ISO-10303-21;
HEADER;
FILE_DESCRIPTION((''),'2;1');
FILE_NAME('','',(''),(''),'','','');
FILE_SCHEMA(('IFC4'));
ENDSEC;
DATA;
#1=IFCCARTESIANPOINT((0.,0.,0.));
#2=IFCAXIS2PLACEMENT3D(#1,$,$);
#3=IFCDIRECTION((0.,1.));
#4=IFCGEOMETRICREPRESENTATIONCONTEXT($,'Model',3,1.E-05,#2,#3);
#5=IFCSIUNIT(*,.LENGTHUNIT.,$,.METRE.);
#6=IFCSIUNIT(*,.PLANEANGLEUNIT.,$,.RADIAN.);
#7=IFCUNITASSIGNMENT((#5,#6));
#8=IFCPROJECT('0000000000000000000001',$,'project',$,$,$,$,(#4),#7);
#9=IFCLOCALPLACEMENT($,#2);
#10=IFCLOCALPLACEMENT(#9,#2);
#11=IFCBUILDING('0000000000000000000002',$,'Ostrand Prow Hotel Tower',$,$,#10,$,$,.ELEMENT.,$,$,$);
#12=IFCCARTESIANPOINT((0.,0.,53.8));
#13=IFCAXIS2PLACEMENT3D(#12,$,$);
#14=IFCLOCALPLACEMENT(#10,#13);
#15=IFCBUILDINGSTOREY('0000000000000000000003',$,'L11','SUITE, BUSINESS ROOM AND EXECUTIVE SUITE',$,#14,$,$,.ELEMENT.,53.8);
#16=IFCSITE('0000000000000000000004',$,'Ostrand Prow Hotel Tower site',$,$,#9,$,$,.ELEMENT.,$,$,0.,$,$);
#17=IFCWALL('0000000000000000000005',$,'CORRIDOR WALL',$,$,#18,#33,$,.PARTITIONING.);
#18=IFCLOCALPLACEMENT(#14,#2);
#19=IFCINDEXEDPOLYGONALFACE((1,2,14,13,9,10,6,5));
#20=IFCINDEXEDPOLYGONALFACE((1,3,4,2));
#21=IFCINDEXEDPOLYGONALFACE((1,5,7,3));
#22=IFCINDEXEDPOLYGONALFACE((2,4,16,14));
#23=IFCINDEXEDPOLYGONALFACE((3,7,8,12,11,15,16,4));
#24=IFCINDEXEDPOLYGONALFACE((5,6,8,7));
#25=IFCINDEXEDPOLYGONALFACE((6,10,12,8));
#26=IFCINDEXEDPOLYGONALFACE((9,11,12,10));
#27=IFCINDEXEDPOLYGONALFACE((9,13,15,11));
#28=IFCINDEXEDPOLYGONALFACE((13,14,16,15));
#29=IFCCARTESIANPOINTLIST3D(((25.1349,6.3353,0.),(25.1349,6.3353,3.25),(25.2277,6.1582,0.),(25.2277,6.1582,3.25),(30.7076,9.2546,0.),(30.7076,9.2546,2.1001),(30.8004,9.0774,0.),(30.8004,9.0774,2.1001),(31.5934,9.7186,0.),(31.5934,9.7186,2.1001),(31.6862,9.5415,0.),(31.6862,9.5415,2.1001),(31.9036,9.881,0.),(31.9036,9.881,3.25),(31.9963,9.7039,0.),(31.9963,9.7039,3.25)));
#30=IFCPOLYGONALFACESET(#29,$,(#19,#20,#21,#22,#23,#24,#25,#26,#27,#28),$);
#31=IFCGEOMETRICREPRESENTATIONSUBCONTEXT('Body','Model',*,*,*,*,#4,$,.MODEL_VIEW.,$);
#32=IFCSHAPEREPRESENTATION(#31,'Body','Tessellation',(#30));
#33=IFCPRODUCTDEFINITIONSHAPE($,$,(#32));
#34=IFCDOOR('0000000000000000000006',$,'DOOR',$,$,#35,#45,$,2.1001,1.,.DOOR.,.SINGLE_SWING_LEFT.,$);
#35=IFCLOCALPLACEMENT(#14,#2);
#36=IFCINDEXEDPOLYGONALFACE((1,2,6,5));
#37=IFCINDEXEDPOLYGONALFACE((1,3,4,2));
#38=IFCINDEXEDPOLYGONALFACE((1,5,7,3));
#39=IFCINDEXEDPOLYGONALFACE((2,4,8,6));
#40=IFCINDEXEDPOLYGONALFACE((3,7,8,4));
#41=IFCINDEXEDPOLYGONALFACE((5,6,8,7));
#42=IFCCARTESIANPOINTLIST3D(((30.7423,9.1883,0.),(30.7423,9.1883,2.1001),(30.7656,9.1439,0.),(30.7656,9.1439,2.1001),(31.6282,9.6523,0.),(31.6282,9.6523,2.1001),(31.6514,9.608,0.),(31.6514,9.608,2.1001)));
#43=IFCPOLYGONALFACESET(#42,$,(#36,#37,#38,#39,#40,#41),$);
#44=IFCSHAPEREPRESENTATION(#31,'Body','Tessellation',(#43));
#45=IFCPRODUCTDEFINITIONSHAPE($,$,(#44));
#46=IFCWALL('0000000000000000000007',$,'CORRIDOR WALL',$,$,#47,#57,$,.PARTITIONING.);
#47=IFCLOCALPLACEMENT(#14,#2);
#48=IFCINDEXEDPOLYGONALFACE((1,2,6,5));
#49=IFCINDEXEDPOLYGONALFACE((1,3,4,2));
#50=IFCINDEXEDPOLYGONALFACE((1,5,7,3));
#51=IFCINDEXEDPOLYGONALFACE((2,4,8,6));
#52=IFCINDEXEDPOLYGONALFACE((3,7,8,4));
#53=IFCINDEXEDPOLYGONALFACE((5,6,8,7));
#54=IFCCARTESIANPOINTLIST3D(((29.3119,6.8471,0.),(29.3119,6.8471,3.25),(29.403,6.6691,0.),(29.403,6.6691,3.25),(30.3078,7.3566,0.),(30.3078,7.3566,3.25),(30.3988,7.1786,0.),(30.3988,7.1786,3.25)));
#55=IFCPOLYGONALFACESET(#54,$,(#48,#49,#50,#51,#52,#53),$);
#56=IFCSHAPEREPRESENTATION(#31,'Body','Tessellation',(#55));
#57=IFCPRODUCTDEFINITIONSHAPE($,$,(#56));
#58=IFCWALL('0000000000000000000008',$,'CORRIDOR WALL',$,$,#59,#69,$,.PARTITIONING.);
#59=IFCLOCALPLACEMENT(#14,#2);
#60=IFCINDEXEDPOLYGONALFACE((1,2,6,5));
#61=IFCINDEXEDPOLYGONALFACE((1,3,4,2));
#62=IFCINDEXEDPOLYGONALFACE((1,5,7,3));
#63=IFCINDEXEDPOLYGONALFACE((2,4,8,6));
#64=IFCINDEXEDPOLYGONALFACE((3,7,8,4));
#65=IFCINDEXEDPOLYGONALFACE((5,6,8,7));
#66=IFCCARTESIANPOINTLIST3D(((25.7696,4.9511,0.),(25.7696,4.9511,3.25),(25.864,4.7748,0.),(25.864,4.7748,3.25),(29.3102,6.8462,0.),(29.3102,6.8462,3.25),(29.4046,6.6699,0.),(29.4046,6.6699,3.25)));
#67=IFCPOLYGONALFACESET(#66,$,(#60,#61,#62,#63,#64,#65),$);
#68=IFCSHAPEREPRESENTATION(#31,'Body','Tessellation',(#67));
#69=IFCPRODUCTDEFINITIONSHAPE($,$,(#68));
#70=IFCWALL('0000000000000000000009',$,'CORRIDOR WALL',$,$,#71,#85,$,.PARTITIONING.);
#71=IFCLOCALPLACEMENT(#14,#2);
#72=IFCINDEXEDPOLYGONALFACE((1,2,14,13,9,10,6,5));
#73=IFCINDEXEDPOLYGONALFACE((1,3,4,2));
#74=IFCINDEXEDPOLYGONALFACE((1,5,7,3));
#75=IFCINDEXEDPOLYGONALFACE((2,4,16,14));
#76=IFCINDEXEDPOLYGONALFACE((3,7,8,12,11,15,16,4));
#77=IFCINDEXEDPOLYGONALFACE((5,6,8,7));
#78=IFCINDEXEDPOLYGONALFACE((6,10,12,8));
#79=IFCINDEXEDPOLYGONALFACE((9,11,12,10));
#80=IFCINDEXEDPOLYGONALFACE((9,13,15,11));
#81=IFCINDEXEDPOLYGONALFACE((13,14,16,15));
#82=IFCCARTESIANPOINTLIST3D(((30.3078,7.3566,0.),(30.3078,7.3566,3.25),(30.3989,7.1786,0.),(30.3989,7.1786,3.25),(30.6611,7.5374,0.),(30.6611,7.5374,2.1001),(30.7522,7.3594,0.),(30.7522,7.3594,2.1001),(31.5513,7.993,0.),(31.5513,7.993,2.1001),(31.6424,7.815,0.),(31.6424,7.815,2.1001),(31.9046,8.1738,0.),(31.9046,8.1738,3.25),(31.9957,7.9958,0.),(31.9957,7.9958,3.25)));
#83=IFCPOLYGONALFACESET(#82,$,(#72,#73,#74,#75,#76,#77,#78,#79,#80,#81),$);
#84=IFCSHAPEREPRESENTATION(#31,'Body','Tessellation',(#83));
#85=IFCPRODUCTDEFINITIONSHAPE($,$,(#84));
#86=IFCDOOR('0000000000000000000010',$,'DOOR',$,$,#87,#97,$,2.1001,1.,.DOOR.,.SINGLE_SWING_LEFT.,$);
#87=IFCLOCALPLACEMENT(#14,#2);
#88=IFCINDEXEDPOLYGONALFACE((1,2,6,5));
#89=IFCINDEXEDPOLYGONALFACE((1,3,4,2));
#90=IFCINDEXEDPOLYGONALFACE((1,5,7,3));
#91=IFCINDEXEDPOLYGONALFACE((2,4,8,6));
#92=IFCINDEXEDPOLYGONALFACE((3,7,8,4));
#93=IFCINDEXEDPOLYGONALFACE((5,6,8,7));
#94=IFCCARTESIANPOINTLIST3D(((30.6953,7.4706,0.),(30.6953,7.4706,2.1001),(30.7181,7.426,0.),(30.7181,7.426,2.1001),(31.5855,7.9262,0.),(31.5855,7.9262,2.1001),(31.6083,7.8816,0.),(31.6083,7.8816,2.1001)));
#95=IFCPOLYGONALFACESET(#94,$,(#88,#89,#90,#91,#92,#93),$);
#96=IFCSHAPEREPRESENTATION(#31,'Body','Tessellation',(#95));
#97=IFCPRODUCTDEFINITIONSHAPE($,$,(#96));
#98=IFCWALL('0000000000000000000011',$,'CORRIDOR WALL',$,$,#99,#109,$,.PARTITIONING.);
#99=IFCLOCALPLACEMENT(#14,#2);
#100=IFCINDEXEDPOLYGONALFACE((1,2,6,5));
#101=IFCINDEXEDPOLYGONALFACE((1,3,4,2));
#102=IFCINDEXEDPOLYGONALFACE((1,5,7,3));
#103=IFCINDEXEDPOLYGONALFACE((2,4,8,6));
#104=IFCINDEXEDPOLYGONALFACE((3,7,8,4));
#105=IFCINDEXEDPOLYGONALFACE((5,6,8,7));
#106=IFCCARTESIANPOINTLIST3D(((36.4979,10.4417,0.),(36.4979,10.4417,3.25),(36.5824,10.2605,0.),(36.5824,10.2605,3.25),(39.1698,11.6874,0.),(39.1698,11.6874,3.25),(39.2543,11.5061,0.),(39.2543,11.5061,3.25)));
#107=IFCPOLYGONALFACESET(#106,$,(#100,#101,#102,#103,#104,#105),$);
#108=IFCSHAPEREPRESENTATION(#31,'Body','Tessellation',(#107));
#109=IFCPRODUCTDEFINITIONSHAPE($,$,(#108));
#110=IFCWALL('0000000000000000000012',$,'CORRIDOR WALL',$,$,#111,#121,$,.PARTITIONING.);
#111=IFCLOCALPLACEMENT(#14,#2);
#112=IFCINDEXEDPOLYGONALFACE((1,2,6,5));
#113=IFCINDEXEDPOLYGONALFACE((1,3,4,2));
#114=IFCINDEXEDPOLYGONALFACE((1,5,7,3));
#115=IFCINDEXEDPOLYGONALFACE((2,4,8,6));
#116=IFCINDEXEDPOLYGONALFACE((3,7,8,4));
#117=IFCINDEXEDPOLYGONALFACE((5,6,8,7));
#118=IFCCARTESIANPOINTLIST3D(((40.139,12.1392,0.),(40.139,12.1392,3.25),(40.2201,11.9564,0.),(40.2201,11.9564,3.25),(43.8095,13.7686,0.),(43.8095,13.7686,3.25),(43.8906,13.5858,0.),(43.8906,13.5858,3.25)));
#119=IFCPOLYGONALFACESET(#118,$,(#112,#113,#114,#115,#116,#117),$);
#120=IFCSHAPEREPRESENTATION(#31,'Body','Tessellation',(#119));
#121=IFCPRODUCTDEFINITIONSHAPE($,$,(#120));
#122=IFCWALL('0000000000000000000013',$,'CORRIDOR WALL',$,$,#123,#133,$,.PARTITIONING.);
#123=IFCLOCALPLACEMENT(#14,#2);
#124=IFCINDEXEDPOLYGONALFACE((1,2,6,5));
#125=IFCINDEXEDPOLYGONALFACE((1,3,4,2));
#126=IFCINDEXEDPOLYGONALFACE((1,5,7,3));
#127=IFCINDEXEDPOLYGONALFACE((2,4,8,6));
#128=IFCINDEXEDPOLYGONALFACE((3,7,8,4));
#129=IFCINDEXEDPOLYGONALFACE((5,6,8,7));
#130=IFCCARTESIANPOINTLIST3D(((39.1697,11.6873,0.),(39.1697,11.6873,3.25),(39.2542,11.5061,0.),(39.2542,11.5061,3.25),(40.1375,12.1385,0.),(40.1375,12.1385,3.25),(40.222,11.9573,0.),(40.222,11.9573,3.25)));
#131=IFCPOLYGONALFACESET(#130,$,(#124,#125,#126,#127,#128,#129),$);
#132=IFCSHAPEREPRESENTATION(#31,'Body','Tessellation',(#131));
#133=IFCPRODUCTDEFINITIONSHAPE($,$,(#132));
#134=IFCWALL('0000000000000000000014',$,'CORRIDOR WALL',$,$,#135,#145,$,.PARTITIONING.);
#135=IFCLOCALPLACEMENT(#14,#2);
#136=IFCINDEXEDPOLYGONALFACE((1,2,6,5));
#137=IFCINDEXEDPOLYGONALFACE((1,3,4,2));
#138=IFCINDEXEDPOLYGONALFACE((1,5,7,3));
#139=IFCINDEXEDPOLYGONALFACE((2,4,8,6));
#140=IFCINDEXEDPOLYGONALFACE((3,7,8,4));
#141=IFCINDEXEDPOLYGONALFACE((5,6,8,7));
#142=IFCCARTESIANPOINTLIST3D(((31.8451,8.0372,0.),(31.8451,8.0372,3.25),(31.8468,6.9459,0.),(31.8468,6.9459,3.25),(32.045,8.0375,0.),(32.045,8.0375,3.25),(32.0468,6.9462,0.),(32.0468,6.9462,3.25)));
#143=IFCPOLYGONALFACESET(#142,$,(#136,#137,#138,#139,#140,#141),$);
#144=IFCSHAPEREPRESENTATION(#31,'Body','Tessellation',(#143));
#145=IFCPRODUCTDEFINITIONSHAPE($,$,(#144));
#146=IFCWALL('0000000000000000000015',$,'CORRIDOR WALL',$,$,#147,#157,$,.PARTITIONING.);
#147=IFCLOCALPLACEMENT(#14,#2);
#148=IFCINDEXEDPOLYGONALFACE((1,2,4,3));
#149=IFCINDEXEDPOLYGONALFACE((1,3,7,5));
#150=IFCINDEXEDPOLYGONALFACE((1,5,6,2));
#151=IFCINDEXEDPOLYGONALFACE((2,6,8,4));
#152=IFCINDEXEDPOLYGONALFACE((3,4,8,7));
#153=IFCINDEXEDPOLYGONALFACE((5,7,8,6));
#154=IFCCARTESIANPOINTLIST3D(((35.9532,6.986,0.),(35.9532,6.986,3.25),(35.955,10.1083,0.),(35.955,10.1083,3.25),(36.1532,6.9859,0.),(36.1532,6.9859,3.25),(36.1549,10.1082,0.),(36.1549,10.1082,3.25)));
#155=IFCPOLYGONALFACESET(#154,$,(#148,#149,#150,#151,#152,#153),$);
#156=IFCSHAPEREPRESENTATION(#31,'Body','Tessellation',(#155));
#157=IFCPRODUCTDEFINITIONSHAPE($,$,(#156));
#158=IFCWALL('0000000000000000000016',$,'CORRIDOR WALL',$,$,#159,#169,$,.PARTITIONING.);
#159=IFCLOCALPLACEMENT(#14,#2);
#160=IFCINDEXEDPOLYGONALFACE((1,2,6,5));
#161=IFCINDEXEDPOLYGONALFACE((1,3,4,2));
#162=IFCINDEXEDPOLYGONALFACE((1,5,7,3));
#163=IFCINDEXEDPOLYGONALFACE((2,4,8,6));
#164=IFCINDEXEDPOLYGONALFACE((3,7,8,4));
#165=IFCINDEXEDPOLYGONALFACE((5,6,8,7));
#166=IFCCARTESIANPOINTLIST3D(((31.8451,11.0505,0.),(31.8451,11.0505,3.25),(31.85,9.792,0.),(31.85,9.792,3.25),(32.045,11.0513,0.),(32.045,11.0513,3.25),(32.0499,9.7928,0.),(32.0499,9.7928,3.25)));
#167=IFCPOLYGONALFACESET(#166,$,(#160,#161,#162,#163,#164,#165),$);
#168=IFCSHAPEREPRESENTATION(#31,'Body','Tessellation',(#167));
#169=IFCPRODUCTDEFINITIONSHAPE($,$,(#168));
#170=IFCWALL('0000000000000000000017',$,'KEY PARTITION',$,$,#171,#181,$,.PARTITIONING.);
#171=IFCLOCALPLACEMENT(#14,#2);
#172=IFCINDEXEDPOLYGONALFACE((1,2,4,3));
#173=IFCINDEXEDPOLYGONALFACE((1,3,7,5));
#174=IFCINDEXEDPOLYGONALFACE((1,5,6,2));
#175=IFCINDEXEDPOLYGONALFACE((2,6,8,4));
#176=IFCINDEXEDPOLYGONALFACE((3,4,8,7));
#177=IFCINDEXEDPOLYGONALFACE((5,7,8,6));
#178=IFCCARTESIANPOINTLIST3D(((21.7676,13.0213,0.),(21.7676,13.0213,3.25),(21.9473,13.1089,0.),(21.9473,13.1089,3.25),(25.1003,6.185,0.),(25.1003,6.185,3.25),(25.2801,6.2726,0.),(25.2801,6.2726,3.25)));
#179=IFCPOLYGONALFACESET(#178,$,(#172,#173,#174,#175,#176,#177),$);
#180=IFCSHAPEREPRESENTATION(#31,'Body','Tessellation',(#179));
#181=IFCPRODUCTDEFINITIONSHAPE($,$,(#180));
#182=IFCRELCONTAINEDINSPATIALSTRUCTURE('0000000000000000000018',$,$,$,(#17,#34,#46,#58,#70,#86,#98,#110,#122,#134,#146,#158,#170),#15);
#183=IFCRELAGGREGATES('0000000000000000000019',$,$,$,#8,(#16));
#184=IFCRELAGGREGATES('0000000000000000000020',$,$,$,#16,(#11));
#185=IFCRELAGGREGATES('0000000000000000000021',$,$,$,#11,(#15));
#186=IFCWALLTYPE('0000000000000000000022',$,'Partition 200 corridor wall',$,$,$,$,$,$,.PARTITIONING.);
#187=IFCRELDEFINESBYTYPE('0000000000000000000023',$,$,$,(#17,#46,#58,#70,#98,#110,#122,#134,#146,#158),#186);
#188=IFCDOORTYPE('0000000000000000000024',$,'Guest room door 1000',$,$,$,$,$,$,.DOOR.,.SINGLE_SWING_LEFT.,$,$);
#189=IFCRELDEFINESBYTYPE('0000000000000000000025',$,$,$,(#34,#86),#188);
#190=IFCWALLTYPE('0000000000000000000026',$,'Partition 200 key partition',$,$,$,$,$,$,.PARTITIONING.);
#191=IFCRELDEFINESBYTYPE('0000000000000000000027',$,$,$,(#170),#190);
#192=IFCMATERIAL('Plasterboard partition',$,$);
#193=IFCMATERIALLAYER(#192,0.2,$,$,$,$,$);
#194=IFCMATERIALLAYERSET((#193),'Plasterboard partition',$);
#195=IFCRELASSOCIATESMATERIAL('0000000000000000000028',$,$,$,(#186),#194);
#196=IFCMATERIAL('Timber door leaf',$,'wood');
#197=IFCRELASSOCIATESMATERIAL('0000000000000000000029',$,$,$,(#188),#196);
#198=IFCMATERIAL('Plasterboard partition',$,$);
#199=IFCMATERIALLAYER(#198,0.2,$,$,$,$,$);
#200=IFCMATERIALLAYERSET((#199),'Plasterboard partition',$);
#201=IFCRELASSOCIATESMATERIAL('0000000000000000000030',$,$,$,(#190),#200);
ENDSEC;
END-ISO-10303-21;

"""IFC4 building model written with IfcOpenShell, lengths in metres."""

from ifc_helpers import new_model, si_unit, direction, frame, frame_2d, origin, place, context, subcontext, project, spatial, rectangle, extrude, material, layer, layer_set, type_object, element, fill, save


model = new_model("IFC4")

# Units and contexts
model_context = context("Model", 3, precision=1e-05, world=origin(), true_north=direction((0.0, 1.0)))
body_context = subcontext(model_context, "Body", "Model", "MODEL_VIEW")
ifc_project = project(units=[si_unit("LENGTHUNIT", "METRE"), si_unit("PLANEANGLEUNIT", "RADIAN")], contexts=[model_context])

# Site, building, storey
site_placement = place(None, origin())
site = spatial("IfcSite", under=ifc_project, at=site_placement, Name="Ostrand Prow Hotel Tower site", CompositionType="ELEMENT", RefElevation=0.0)
building_placement = place(site_placement, origin())
building = spatial("IfcBuilding", under=site, at=building_placement, Name="Ostrand Prow Hotel Tower", CompositionType="ELEMENT")
storey_placement = place(building_placement, frame((0.0, 0.0, 53.8)))
storey = spatial("IfcBuildingStorey", under=building, at=storey_placement, Name="L11", Description="SUITE, BUSINESS ROOM AND EXECUTIVE SUITE", CompositionType="ELEMENT", Elevation=53.8)

# Wall, opening, door
ifc_material_1 = material(Name="Plasterboard partition")
ifc_layer_1 = layer(ifc_material_1, 0.2)
ifc_layer_set_1 = layer_set([ifc_layer_1], Name="Plasterboard partition")
wall_type_1 = type_object("IfcWallType", Name="Partition 200 corridor wall", PredefinedType="PARTITIONING", material=ifc_layer_set_1)
wall_1_placement = place(storey_placement, frame((31.95, 9.7925, 0.0), z_axis=(0.0, 0.0, 1.0), x_axis=(-0.88582, -0.46403, 0.0)))
wall_1 = element("IfcWall", 1, at=wall_1_placement, inside=storey, type_object=wall_type_1, Name="CORRIDOR WALL", PredefinedType="PARTITIONING", context=body_context, shape_type="SweptSolid", body=[
    extrude(rectangle(XDim=7.6411, YDim=0.2, at=frame_2d((3.8206, 0.0))), origin(), (0.0, 0.0, 1.0), 3.25),
])
opening_1_placement = place(wall_1_placement, frame((0.3501, 0.0, 0.0)))
opening_1 = element("IfcOpeningElement", 2, at=opening_1_placement, cuts=wall_1, PredefinedType="OPENING", context=body_context, shape_type="SweptSolid", body=[
    extrude(rectangle(XDim=1.0, YDim=2.1001, at=frame_2d((0.5, 1.05))), frame((0.0, 0.1099, 0.0), z_axis=(0.0, -1.0, 0.0), x_axis=(1.0, 0.0, 0.0)), (0.0, 0.0, 1.0), 0.22),
])
ifc_material_2 = material(Name="Timber door leaf", Category="wood")
door_type_1 = type_object("IfcDoorType", Name="Guest room door 1000", OperationType="SINGLE_SWING_LEFT", PredefinedType="DOOR", material=ifc_material_2)
door_1_placement = place(opening_1_placement, origin())
door_1 = element("IfcDoor", 3, at=door_1_placement, inside=storey, type_object=door_type_1, Name="DOOR", OperationType="SINGLE_SWING_LEFT", OverallHeight=2.1001, OverallWidth=1.0, PredefinedType="DOOR", context=body_context, shape_type="SweptSolid", body=[
    extrude(rectangle(XDim=1.0, YDim=2.1001, at=frame_2d((0.5, 1.05))), frame((0.0, 0.0249, 0.0), z_axis=(0.0, -1.0, 0.0), x_axis=(1.0, 0.0, 0.0)), (0.0, 0.0, 1.0), 0.05),
])
fill(opening_1, door_1)

# Walls
wall_2_placement = place(storey_placement, frame((29.3574, 6.7581, 0.0), z_axis=(0.0, 0.0, 1.0), x_axis=(0.890242, 0.455488, 0.0)))
element("IfcWall", 4, at=wall_2_placement, inside=storey, type_object=wall_type_1, Name="CORRIDOR WALL", PredefinedType="PARTITIONING", context=body_context, shape_type="SweptSolid", body=[
    extrude(rectangle(XDim=1.1187, YDim=0.2, at=frame_2d((0.5593, 0.0))), origin(), (0.0, 0.0, 1.0), 3.25),
])
wall_3_placement = place(storey_placement, frame((25.8169, 4.863, 0.0), z_axis=(0.0, 0.0, 1.0), x_axis=(0.881655, 0.471894, 0.0)))
element("IfcWall", 5, at=wall_3_placement, inside=storey, type_object=wall_type_1, Name="CORRIDOR WALL", PredefinedType="PARTITIONING", context=body_context, shape_type="SweptSolid", body=[
    extrude(rectangle(XDim=4.0159, YDim=0.2, at=frame_2d((2.0078, 0.0))), origin(), (0.0, 0.0, 1.0), 3.25),
])

# Wall, opening, door
wall_4_placement = place(storey_placement, frame((30.3533, 7.2676, 0.0), z_axis=(0.0, 0.0, 1.0), x_axis=(0.890196, 0.455579, 0.0)))
wall_4 = element("IfcWall", 6, at=wall_4_placement, inside=storey, type_object=wall_type_1, Name="CORRIDOR WALL", PredefinedType="PARTITIONING", context=body_context, shape_type="SweptSolid", body=[
    extrude(rectangle(XDim=1.7937, YDim=0.2, at=frame_2d((0.897, 0.0))), origin(), (0.0, 0.0, 1.0), 3.25),
])
opening_2_placement = place(wall_4_placement, frame((0.397, 0.0, 0.0)))
opening_2 = element("IfcOpeningElement", 7, at=opening_2_placement, cuts=wall_4, PredefinedType="OPENING", context=body_context, shape_type="SweptSolid", body=[
    extrude(rectangle(XDim=1.0, YDim=2.1001, at=frame_2d((0.5, 1.05))), frame((0.0, 0.1099, 0.0), z_axis=(0.0, -1.0, 0.0), x_axis=(1.0, 0.0, 0.0)), (0.0, 0.0, 1.0), 0.22),
])
door_2_placement = place(opening_2_placement, origin())
door_2 = element("IfcDoor", 8, at=door_2_placement, inside=storey, type_object=door_type_1, Name="DOOR", OperationType="SINGLE_SWING_LEFT", OverallHeight=2.1001, OverallWidth=1.0, PredefinedType="DOOR", context=body_context, shape_type="SweptSolid", body=[
    extrude(rectangle(XDim=1.0, YDim=2.1001, at=frame_2d((0.5, 1.05))), frame((0.0, 0.0249, 0.0), z_axis=(0.0, -1.0, 0.0), x_axis=(1.0, 0.0, 0.0)), (0.0, 0.0, 1.0), 0.05),
])
fill(opening_2, door_2)

# Walls
wall_5_placement = place(storey_placement, frame((36.54, 10.3511, 0.0), z_axis=(0.0, 0.0, 1.0), x_axis=(0.906348, 0.422532, 0.0)))
element("IfcWall", 9, at=wall_5_placement, inside=storey, type_object=wall_type_1, Name="CORRIDOR WALL", PredefinedType="PARTITIONING", context=body_context, shape_type="SweptSolid", body=[
    extrude(rectangle(XDim=2.948, YDim=0.2, at=frame_2d((1.4741, 0.0))), origin(), (0.0, 0.0, 1.0), 3.25),
])
wall_6_placement = place(storey_placement, frame((40.1797, 12.0479, 0.0), z_axis=(0.0, 0.0, 1.0), x_axis=(0.913987, 0.405744, 0.0)))
element("IfcWall", 10, at=wall_6_placement, inside=storey, type_object=wall_type_1, Name="CORRIDOR WALL", PredefinedType="PARTITIONING", context=body_context, shape_type="SweptSolid", body=[
    extrude(rectangle(XDim=4.0159, YDim=0.2, at=frame_2d((2.0078, 0.0))), origin(), (0.0, 0.0, 1.0), 3.25),
])
wall_7_placement = place(storey_placement, frame((39.2119, 11.5967, 0.0), z_axis=(0.0, 0.0, 1.0), x_axis=(0.906347, 0.422535, 0.0)))
element("IfcWall", 11, at=wall_7_placement, inside=storey, type_object=wall_type_1, Name="CORRIDOR WALL", PredefinedType="PARTITIONING", context=body_context, shape_type="SweptSolid", body=[
    extrude(rectangle(XDim=1.0679, YDim=0.2, at=frame_2d((0.5339, 0.0))), origin(), (0.0, 0.0, 1.0), 3.25),
])
wall_8_placement = place(storey_placement, frame((31.9451, 8.0374, 0.0), z_axis=(0.0, 0.0, 1.0), x_axis=(0.001566, -0.999999, 0.0)))
element("IfcWall", 12, at=wall_8_placement, inside=storey, type_object=wall_type_1, Name="CORRIDOR WALL", PredefinedType="PARTITIONING", context=body_context, shape_type="SweptSolid", body=[
    extrude(rectangle(XDim=1.0913, YDim=0.2, at=frame_2d((0.5457, 0.0))), origin(), (0.0, 0.0, 1.0), 3.25),
])
wall_9_placement = place(storey_placement, frame((36.0532, 6.9861, 0.0), z_axis=(0.0, 0.0, 1.0), x_axis=(0.000547, 1.0, 0.0)))
element("IfcWall", 13, at=wall_9_placement, inside=storey, type_object=wall_type_1, Name="CORRIDOR WALL", PredefinedType="PARTITIONING", context=body_context, shape_type="SweptSolid", body=[
    extrude(rectangle(XDim=3.1223, YDim=0.2, at=frame_2d((1.561, 0.0))), origin(), (0.0, 0.0, 1.0), 3.25),
])
wall_10_placement = place(storey_placement, frame((31.9451, 11.051, 0.0), z_axis=(0.0, 0.0, 1.0), x_axis=(0.00388, -0.999992, 0.0)))
element("IfcWall", 14, at=wall_10_placement, inside=storey, type_object=wall_type_1, Name="CORRIDOR WALL", PredefinedType="PARTITIONING", context=body_context, shape_type="SweptSolid", body=[
    extrude(rectangle(XDim=1.2585, YDim=0.2, at=frame_2d((0.6294, 0.0))), origin(), (0.0, 0.0, 1.0), 3.25),
])
ifc_material_3 = material(Name="Plasterboard partition")
ifc_layer_2 = layer(ifc_material_3, 0.2)
ifc_layer_set_2 = layer_set([ifc_layer_2], Name="Plasterboard partition")
wall_type_2 = type_object("IfcWallType", Name="Partition 200 key partition", PredefinedType="PARTITIONING", material=ifc_layer_set_2)
wall_11_placement = place(storey_placement, frame((25.1902, 6.2288, 0.0), z_axis=(0.0, 0.0, 1.0), x_axis=(-0.438203, 0.898876, 0.0)))
element("IfcWall", 15, at=wall_11_placement, inside=storey, type_object=wall_type_2, Name="KEY PARTITION", PredefinedType="PARTITIONING", context=body_context, shape_type="SweptSolid", body=[
    extrude(rectangle(XDim=7.6055, YDim=0.2, at=frame_2d((3.8027, 0.0))), origin(), (0.0, 0.0, 1.0), 3.25),
])

save(model, "model.ifc")
